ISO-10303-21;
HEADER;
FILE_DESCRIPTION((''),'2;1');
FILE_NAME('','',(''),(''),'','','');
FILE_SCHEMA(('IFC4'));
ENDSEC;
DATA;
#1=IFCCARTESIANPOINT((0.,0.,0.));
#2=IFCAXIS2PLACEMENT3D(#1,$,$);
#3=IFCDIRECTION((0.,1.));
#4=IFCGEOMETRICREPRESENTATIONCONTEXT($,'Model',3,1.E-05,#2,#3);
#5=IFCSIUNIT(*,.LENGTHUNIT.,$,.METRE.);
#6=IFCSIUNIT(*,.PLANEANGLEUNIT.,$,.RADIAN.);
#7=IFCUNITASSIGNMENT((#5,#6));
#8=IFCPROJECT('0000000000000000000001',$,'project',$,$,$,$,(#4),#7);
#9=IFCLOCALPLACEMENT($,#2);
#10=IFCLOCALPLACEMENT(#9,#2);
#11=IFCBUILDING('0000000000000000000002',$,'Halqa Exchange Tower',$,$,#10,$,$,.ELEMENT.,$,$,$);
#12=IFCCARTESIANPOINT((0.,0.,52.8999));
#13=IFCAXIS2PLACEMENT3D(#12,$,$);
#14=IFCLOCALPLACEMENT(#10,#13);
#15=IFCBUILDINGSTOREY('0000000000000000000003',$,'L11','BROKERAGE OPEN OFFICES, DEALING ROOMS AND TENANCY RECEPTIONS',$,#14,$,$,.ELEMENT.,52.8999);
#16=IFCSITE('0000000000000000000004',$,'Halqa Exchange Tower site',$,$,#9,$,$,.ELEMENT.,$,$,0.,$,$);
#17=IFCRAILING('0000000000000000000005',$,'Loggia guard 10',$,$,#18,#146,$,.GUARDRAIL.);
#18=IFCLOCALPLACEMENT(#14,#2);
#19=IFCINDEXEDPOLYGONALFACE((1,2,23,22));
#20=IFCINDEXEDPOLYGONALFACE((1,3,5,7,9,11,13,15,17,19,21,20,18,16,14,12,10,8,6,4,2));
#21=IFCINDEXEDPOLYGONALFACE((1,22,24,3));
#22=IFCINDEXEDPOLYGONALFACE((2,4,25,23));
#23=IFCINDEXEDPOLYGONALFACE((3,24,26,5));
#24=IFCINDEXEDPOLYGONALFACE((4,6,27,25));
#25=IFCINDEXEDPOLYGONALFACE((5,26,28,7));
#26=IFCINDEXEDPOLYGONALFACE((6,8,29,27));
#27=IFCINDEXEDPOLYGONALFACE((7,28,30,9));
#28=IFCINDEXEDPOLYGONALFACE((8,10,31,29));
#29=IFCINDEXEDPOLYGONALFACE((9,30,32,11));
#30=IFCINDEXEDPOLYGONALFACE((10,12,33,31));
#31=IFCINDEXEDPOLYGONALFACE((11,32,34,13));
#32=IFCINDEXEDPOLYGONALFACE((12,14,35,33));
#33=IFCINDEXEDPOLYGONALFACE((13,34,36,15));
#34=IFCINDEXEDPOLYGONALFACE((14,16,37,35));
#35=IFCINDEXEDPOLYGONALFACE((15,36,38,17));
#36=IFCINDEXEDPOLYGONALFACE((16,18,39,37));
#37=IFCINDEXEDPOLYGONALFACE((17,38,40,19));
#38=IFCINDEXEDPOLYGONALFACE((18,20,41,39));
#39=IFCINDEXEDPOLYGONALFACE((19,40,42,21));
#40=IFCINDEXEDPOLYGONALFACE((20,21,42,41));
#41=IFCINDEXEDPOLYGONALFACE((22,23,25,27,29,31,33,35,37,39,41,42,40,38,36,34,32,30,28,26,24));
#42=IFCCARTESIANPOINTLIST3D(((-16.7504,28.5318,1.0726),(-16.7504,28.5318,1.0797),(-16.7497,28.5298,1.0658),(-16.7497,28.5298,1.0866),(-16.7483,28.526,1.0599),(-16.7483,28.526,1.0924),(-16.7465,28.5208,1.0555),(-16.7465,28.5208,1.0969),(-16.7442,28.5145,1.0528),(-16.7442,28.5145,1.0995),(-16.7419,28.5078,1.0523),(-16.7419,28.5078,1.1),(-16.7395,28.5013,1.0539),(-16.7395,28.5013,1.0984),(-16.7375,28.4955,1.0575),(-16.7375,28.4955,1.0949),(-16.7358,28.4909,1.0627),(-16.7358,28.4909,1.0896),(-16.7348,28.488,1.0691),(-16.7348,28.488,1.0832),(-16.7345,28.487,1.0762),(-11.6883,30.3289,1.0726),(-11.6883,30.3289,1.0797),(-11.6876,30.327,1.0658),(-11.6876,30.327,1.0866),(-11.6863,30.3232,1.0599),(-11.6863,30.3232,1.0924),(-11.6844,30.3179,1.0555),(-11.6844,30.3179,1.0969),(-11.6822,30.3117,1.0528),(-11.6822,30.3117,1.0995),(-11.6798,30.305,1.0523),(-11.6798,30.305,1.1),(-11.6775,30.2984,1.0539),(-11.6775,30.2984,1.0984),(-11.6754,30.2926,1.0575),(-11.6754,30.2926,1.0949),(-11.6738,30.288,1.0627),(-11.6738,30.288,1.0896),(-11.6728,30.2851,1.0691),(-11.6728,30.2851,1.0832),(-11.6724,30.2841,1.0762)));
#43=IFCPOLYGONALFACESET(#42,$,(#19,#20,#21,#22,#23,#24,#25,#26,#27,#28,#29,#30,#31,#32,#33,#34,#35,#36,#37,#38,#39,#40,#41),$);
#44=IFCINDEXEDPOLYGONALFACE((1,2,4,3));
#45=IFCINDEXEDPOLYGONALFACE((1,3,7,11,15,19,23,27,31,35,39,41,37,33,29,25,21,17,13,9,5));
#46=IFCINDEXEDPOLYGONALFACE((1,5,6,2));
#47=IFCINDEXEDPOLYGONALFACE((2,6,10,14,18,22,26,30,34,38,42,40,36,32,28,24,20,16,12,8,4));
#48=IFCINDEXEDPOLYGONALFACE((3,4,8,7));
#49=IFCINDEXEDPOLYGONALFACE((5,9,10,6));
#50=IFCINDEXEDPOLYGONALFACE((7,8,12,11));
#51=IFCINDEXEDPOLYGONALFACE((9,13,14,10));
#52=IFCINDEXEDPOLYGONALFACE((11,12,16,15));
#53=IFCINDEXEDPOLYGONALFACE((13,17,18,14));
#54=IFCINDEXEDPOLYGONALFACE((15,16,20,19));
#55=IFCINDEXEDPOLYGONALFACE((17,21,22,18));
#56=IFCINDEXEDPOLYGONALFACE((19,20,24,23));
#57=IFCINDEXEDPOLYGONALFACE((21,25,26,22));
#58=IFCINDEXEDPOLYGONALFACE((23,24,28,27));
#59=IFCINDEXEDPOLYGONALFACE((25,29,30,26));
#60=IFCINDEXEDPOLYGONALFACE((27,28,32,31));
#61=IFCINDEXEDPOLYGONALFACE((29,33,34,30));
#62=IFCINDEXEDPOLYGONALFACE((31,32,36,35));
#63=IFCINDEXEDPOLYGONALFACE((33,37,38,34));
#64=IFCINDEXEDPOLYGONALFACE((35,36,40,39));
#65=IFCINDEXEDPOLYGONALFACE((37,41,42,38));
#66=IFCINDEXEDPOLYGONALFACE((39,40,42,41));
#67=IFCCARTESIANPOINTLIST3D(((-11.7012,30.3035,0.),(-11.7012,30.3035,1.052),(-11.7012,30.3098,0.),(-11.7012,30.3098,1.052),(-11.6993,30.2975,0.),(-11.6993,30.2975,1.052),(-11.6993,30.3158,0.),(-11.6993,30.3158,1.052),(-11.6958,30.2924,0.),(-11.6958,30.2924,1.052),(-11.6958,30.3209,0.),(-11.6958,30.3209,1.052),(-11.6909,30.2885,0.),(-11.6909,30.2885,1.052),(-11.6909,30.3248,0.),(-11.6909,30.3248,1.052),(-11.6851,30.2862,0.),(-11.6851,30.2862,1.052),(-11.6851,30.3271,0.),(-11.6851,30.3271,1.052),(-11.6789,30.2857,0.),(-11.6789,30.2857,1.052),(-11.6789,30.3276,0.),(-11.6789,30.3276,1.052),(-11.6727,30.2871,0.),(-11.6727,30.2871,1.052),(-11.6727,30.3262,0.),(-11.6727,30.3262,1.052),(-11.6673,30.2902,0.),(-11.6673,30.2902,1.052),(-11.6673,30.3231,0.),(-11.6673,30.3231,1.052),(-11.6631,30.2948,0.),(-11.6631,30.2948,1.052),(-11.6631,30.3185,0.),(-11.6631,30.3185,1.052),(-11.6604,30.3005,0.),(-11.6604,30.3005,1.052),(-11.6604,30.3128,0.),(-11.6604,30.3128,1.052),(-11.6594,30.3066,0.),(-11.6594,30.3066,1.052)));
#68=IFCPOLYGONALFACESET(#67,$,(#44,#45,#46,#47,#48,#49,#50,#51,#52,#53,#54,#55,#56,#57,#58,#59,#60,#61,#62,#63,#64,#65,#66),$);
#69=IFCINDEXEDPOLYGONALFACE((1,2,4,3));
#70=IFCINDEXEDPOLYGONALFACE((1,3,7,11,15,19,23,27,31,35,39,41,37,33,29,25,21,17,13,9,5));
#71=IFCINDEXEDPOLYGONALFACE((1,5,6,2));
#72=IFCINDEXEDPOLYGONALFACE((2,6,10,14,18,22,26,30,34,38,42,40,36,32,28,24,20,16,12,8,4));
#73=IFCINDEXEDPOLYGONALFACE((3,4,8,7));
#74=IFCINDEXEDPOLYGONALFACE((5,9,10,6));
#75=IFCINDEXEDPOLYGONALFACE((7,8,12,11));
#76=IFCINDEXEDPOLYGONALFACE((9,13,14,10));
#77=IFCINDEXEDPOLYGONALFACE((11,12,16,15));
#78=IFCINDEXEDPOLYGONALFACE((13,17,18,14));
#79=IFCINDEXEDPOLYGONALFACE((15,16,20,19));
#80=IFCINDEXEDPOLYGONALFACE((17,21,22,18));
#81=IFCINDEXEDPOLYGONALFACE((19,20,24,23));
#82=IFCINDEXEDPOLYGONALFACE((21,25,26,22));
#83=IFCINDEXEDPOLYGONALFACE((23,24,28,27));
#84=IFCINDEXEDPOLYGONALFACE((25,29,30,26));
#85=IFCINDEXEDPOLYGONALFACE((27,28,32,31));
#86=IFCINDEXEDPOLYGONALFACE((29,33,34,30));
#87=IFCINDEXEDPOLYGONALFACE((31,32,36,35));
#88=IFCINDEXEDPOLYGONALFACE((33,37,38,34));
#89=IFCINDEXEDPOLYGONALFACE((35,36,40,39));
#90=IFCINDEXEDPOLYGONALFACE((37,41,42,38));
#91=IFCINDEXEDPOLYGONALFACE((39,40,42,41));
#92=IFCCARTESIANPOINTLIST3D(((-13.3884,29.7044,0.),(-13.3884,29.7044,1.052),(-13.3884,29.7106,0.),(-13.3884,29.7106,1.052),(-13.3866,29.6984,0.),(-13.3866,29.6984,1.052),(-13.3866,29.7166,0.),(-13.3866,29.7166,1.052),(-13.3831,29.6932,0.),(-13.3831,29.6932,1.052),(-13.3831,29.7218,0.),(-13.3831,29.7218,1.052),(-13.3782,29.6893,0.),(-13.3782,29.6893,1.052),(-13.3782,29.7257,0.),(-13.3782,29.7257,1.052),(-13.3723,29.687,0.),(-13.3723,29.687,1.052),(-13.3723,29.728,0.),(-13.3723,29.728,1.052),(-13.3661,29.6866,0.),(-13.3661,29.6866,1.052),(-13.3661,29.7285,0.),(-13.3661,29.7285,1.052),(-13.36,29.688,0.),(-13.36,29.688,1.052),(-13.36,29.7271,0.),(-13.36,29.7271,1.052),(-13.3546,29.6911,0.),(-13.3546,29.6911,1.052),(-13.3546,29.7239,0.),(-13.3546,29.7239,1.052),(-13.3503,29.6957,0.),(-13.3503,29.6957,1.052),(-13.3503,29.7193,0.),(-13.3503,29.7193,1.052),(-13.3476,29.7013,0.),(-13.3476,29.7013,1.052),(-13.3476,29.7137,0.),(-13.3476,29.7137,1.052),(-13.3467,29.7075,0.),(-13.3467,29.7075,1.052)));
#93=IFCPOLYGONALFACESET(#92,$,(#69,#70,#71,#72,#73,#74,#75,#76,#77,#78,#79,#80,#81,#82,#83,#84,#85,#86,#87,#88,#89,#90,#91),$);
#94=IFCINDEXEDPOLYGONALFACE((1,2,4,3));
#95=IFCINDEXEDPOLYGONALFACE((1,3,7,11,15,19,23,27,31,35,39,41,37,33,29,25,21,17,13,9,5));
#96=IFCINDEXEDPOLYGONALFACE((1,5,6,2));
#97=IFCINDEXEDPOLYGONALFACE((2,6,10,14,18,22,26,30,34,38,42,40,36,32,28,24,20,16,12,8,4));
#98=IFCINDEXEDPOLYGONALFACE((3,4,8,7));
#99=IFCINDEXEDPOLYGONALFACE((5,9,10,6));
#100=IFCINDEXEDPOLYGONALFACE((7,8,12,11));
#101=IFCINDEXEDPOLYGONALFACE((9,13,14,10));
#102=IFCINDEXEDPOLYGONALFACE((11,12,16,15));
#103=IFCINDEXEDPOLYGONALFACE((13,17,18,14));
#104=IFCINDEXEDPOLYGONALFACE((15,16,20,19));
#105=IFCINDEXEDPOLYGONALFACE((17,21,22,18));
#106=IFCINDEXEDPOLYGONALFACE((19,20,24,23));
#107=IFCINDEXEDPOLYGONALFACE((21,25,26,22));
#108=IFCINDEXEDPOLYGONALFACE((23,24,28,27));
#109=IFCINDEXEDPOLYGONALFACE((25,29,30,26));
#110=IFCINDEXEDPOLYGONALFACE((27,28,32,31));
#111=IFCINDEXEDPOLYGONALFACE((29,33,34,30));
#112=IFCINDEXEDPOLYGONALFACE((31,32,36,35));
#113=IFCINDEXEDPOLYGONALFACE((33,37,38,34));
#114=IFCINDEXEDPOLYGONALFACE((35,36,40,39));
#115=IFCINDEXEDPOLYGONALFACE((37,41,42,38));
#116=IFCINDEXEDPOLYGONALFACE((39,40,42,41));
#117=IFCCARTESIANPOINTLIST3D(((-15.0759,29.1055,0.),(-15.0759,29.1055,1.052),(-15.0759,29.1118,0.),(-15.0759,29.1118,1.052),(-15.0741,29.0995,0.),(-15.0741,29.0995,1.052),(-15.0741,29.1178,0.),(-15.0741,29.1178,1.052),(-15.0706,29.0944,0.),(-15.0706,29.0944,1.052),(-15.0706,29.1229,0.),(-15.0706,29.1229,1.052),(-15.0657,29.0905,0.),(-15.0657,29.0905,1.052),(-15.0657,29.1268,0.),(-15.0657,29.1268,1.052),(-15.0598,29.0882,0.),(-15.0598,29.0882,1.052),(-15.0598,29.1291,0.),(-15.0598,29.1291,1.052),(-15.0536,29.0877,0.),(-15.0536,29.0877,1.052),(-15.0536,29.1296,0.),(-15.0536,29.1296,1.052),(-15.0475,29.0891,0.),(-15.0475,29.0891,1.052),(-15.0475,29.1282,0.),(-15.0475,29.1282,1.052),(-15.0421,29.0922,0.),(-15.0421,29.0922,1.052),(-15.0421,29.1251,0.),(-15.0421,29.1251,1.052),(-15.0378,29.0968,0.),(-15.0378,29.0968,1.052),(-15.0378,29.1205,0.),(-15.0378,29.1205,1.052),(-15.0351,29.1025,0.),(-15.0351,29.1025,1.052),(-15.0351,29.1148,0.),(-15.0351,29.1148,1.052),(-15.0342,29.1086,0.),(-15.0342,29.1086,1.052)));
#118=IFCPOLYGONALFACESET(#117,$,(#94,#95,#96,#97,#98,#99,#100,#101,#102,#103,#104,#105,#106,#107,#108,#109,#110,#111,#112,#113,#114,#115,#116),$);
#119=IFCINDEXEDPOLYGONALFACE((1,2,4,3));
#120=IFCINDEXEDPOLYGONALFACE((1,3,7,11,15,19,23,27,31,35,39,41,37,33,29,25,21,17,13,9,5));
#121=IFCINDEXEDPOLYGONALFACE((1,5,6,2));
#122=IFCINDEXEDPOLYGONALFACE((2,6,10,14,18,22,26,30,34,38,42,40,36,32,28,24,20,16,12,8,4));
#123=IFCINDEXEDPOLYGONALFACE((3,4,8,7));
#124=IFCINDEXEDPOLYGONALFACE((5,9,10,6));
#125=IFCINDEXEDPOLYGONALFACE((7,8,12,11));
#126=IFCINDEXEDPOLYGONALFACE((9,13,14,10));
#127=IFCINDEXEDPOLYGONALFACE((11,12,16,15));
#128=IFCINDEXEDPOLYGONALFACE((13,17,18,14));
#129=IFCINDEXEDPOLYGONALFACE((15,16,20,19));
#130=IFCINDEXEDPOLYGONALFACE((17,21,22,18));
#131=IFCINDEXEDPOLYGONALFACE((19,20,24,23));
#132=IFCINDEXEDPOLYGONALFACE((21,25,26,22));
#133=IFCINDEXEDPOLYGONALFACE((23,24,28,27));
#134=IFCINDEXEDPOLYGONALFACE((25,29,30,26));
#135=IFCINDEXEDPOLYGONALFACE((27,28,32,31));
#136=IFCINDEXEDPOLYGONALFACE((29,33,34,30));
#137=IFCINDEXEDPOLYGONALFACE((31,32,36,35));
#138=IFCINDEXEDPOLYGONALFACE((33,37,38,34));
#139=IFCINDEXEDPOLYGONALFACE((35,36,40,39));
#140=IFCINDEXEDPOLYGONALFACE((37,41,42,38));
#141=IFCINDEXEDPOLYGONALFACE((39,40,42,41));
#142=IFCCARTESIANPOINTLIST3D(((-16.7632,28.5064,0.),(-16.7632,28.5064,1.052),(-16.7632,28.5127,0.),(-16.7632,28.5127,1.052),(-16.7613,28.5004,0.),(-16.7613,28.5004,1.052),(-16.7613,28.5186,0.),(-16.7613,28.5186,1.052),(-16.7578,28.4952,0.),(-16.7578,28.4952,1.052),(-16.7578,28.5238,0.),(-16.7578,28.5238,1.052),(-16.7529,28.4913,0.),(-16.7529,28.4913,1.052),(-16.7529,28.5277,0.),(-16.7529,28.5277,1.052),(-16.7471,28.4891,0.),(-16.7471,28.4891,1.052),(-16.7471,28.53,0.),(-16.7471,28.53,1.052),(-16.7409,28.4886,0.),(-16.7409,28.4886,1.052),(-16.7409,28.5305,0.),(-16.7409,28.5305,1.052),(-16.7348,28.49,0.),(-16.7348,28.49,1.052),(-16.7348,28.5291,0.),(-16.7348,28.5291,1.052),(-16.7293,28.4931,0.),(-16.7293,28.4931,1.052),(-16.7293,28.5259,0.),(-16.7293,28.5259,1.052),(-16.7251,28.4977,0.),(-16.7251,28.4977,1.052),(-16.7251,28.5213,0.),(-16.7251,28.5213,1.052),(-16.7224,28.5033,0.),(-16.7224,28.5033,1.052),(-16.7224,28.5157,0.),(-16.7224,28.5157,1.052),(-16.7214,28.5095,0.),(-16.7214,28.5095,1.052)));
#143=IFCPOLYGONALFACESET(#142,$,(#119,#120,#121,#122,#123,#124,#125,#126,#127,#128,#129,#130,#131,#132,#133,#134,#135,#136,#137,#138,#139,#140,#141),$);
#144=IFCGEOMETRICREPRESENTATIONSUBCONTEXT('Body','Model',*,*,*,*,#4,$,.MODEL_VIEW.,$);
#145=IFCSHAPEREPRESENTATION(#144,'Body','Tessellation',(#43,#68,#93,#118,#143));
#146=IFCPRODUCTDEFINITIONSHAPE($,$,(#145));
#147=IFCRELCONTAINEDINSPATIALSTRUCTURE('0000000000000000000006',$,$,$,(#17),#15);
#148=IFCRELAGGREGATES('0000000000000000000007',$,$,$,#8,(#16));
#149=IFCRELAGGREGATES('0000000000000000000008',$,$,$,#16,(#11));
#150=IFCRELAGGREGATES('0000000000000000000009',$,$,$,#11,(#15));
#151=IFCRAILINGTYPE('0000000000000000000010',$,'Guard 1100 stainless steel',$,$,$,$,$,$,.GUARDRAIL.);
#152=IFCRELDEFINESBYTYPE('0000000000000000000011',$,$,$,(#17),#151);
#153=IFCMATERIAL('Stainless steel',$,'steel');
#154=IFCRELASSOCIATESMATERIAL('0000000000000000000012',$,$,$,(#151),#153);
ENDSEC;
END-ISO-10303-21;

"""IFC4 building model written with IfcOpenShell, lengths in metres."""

from ifc_helpers import new_model, si_unit, direction, frame, origin, origin_2d, place, context, subcontext, project, spatial, circle, extrude, material, type_object, element, save


model = new_model("IFC4")

# Units and contexts
model_context = context("Model", 3, precision=1e-05, world=origin(), true_north=direction((0.0, 1.0)))
body_context = subcontext(model_context, "Body", "Model", "MODEL_VIEW")
ifc_project = project(units=[si_unit("LENGTHUNIT", "METRE"), si_unit("PLANEANGLEUNIT", "RADIAN")], contexts=[model_context])

# Site, building, storey
site_placement = place(None, origin())
site = spatial("IfcSite", under=ifc_project, at=site_placement, Name="Halqa Exchange Tower site", CompositionType="ELEMENT", RefElevation=0.0)
building_placement = place(site_placement, origin())
building = spatial("IfcBuilding", under=site, at=building_placement, Name="Halqa Exchange Tower", CompositionType="ELEMENT")
storey_placement = place(building_placement, frame((0.0, 0.0, 52.8999)))
storey = spatial("IfcBuildingStorey", under=building, at=storey_placement, Name="L11", Description="BROKERAGE OPEN OFFICES, DEALING ROOMS AND TENANCY RECEPTIONS", CompositionType="ELEMENT", Elevation=52.8999)

# Railing
ifc_material_1 = material(Name="Stainless steel", Category="steel")
railing_type_1 = type_object("IfcRailingType", Name="Guard 1100 stainless steel", PredefinedType="GUARDRAIL", material=ifc_material_1)
railing_1_placement = place(storey_placement, frame((-11.6804, 30.3066, 0.0)))
element("IfcRailing", 1, at=railing_1_placement, inside=storey, type_object=railing_type_1, Name="Loggia guard 10", PredefinedType="GUARDRAIL", context=body_context, shape_type="SweptSolid", body=[
    extrude(circle(Radius=0.0239, at=origin_2d()), frame((0.0, 0.0, 1.0762), z_axis=(-0.942374, -0.334562, 0.0), x_axis=(0.334562, -0.942374, 0.0)), (0.0, 0.0, 1.0), 5.3716),
    extrude(circle(Radius=0.021, at=origin_2d()), origin(), (0.0, 0.0, 1.0), 1.052),
    extrude(circle(Radius=0.021, at=origin_2d()), frame((-1.6873, -0.5991, 0.0)), (0.0, 0.0, 1.0), 1.052),
    extrude(circle(Radius=0.021, at=origin_2d()), frame((-3.3748, -1.198, 0.0)), (0.0, 0.0, 1.0), 1.052),
    extrude(circle(Radius=0.021, at=origin_2d()), frame((-5.062, -1.7971, 0.0)), (0.0, 0.0, 1.0), 1.052),
])

save(model, "model.ifc")
